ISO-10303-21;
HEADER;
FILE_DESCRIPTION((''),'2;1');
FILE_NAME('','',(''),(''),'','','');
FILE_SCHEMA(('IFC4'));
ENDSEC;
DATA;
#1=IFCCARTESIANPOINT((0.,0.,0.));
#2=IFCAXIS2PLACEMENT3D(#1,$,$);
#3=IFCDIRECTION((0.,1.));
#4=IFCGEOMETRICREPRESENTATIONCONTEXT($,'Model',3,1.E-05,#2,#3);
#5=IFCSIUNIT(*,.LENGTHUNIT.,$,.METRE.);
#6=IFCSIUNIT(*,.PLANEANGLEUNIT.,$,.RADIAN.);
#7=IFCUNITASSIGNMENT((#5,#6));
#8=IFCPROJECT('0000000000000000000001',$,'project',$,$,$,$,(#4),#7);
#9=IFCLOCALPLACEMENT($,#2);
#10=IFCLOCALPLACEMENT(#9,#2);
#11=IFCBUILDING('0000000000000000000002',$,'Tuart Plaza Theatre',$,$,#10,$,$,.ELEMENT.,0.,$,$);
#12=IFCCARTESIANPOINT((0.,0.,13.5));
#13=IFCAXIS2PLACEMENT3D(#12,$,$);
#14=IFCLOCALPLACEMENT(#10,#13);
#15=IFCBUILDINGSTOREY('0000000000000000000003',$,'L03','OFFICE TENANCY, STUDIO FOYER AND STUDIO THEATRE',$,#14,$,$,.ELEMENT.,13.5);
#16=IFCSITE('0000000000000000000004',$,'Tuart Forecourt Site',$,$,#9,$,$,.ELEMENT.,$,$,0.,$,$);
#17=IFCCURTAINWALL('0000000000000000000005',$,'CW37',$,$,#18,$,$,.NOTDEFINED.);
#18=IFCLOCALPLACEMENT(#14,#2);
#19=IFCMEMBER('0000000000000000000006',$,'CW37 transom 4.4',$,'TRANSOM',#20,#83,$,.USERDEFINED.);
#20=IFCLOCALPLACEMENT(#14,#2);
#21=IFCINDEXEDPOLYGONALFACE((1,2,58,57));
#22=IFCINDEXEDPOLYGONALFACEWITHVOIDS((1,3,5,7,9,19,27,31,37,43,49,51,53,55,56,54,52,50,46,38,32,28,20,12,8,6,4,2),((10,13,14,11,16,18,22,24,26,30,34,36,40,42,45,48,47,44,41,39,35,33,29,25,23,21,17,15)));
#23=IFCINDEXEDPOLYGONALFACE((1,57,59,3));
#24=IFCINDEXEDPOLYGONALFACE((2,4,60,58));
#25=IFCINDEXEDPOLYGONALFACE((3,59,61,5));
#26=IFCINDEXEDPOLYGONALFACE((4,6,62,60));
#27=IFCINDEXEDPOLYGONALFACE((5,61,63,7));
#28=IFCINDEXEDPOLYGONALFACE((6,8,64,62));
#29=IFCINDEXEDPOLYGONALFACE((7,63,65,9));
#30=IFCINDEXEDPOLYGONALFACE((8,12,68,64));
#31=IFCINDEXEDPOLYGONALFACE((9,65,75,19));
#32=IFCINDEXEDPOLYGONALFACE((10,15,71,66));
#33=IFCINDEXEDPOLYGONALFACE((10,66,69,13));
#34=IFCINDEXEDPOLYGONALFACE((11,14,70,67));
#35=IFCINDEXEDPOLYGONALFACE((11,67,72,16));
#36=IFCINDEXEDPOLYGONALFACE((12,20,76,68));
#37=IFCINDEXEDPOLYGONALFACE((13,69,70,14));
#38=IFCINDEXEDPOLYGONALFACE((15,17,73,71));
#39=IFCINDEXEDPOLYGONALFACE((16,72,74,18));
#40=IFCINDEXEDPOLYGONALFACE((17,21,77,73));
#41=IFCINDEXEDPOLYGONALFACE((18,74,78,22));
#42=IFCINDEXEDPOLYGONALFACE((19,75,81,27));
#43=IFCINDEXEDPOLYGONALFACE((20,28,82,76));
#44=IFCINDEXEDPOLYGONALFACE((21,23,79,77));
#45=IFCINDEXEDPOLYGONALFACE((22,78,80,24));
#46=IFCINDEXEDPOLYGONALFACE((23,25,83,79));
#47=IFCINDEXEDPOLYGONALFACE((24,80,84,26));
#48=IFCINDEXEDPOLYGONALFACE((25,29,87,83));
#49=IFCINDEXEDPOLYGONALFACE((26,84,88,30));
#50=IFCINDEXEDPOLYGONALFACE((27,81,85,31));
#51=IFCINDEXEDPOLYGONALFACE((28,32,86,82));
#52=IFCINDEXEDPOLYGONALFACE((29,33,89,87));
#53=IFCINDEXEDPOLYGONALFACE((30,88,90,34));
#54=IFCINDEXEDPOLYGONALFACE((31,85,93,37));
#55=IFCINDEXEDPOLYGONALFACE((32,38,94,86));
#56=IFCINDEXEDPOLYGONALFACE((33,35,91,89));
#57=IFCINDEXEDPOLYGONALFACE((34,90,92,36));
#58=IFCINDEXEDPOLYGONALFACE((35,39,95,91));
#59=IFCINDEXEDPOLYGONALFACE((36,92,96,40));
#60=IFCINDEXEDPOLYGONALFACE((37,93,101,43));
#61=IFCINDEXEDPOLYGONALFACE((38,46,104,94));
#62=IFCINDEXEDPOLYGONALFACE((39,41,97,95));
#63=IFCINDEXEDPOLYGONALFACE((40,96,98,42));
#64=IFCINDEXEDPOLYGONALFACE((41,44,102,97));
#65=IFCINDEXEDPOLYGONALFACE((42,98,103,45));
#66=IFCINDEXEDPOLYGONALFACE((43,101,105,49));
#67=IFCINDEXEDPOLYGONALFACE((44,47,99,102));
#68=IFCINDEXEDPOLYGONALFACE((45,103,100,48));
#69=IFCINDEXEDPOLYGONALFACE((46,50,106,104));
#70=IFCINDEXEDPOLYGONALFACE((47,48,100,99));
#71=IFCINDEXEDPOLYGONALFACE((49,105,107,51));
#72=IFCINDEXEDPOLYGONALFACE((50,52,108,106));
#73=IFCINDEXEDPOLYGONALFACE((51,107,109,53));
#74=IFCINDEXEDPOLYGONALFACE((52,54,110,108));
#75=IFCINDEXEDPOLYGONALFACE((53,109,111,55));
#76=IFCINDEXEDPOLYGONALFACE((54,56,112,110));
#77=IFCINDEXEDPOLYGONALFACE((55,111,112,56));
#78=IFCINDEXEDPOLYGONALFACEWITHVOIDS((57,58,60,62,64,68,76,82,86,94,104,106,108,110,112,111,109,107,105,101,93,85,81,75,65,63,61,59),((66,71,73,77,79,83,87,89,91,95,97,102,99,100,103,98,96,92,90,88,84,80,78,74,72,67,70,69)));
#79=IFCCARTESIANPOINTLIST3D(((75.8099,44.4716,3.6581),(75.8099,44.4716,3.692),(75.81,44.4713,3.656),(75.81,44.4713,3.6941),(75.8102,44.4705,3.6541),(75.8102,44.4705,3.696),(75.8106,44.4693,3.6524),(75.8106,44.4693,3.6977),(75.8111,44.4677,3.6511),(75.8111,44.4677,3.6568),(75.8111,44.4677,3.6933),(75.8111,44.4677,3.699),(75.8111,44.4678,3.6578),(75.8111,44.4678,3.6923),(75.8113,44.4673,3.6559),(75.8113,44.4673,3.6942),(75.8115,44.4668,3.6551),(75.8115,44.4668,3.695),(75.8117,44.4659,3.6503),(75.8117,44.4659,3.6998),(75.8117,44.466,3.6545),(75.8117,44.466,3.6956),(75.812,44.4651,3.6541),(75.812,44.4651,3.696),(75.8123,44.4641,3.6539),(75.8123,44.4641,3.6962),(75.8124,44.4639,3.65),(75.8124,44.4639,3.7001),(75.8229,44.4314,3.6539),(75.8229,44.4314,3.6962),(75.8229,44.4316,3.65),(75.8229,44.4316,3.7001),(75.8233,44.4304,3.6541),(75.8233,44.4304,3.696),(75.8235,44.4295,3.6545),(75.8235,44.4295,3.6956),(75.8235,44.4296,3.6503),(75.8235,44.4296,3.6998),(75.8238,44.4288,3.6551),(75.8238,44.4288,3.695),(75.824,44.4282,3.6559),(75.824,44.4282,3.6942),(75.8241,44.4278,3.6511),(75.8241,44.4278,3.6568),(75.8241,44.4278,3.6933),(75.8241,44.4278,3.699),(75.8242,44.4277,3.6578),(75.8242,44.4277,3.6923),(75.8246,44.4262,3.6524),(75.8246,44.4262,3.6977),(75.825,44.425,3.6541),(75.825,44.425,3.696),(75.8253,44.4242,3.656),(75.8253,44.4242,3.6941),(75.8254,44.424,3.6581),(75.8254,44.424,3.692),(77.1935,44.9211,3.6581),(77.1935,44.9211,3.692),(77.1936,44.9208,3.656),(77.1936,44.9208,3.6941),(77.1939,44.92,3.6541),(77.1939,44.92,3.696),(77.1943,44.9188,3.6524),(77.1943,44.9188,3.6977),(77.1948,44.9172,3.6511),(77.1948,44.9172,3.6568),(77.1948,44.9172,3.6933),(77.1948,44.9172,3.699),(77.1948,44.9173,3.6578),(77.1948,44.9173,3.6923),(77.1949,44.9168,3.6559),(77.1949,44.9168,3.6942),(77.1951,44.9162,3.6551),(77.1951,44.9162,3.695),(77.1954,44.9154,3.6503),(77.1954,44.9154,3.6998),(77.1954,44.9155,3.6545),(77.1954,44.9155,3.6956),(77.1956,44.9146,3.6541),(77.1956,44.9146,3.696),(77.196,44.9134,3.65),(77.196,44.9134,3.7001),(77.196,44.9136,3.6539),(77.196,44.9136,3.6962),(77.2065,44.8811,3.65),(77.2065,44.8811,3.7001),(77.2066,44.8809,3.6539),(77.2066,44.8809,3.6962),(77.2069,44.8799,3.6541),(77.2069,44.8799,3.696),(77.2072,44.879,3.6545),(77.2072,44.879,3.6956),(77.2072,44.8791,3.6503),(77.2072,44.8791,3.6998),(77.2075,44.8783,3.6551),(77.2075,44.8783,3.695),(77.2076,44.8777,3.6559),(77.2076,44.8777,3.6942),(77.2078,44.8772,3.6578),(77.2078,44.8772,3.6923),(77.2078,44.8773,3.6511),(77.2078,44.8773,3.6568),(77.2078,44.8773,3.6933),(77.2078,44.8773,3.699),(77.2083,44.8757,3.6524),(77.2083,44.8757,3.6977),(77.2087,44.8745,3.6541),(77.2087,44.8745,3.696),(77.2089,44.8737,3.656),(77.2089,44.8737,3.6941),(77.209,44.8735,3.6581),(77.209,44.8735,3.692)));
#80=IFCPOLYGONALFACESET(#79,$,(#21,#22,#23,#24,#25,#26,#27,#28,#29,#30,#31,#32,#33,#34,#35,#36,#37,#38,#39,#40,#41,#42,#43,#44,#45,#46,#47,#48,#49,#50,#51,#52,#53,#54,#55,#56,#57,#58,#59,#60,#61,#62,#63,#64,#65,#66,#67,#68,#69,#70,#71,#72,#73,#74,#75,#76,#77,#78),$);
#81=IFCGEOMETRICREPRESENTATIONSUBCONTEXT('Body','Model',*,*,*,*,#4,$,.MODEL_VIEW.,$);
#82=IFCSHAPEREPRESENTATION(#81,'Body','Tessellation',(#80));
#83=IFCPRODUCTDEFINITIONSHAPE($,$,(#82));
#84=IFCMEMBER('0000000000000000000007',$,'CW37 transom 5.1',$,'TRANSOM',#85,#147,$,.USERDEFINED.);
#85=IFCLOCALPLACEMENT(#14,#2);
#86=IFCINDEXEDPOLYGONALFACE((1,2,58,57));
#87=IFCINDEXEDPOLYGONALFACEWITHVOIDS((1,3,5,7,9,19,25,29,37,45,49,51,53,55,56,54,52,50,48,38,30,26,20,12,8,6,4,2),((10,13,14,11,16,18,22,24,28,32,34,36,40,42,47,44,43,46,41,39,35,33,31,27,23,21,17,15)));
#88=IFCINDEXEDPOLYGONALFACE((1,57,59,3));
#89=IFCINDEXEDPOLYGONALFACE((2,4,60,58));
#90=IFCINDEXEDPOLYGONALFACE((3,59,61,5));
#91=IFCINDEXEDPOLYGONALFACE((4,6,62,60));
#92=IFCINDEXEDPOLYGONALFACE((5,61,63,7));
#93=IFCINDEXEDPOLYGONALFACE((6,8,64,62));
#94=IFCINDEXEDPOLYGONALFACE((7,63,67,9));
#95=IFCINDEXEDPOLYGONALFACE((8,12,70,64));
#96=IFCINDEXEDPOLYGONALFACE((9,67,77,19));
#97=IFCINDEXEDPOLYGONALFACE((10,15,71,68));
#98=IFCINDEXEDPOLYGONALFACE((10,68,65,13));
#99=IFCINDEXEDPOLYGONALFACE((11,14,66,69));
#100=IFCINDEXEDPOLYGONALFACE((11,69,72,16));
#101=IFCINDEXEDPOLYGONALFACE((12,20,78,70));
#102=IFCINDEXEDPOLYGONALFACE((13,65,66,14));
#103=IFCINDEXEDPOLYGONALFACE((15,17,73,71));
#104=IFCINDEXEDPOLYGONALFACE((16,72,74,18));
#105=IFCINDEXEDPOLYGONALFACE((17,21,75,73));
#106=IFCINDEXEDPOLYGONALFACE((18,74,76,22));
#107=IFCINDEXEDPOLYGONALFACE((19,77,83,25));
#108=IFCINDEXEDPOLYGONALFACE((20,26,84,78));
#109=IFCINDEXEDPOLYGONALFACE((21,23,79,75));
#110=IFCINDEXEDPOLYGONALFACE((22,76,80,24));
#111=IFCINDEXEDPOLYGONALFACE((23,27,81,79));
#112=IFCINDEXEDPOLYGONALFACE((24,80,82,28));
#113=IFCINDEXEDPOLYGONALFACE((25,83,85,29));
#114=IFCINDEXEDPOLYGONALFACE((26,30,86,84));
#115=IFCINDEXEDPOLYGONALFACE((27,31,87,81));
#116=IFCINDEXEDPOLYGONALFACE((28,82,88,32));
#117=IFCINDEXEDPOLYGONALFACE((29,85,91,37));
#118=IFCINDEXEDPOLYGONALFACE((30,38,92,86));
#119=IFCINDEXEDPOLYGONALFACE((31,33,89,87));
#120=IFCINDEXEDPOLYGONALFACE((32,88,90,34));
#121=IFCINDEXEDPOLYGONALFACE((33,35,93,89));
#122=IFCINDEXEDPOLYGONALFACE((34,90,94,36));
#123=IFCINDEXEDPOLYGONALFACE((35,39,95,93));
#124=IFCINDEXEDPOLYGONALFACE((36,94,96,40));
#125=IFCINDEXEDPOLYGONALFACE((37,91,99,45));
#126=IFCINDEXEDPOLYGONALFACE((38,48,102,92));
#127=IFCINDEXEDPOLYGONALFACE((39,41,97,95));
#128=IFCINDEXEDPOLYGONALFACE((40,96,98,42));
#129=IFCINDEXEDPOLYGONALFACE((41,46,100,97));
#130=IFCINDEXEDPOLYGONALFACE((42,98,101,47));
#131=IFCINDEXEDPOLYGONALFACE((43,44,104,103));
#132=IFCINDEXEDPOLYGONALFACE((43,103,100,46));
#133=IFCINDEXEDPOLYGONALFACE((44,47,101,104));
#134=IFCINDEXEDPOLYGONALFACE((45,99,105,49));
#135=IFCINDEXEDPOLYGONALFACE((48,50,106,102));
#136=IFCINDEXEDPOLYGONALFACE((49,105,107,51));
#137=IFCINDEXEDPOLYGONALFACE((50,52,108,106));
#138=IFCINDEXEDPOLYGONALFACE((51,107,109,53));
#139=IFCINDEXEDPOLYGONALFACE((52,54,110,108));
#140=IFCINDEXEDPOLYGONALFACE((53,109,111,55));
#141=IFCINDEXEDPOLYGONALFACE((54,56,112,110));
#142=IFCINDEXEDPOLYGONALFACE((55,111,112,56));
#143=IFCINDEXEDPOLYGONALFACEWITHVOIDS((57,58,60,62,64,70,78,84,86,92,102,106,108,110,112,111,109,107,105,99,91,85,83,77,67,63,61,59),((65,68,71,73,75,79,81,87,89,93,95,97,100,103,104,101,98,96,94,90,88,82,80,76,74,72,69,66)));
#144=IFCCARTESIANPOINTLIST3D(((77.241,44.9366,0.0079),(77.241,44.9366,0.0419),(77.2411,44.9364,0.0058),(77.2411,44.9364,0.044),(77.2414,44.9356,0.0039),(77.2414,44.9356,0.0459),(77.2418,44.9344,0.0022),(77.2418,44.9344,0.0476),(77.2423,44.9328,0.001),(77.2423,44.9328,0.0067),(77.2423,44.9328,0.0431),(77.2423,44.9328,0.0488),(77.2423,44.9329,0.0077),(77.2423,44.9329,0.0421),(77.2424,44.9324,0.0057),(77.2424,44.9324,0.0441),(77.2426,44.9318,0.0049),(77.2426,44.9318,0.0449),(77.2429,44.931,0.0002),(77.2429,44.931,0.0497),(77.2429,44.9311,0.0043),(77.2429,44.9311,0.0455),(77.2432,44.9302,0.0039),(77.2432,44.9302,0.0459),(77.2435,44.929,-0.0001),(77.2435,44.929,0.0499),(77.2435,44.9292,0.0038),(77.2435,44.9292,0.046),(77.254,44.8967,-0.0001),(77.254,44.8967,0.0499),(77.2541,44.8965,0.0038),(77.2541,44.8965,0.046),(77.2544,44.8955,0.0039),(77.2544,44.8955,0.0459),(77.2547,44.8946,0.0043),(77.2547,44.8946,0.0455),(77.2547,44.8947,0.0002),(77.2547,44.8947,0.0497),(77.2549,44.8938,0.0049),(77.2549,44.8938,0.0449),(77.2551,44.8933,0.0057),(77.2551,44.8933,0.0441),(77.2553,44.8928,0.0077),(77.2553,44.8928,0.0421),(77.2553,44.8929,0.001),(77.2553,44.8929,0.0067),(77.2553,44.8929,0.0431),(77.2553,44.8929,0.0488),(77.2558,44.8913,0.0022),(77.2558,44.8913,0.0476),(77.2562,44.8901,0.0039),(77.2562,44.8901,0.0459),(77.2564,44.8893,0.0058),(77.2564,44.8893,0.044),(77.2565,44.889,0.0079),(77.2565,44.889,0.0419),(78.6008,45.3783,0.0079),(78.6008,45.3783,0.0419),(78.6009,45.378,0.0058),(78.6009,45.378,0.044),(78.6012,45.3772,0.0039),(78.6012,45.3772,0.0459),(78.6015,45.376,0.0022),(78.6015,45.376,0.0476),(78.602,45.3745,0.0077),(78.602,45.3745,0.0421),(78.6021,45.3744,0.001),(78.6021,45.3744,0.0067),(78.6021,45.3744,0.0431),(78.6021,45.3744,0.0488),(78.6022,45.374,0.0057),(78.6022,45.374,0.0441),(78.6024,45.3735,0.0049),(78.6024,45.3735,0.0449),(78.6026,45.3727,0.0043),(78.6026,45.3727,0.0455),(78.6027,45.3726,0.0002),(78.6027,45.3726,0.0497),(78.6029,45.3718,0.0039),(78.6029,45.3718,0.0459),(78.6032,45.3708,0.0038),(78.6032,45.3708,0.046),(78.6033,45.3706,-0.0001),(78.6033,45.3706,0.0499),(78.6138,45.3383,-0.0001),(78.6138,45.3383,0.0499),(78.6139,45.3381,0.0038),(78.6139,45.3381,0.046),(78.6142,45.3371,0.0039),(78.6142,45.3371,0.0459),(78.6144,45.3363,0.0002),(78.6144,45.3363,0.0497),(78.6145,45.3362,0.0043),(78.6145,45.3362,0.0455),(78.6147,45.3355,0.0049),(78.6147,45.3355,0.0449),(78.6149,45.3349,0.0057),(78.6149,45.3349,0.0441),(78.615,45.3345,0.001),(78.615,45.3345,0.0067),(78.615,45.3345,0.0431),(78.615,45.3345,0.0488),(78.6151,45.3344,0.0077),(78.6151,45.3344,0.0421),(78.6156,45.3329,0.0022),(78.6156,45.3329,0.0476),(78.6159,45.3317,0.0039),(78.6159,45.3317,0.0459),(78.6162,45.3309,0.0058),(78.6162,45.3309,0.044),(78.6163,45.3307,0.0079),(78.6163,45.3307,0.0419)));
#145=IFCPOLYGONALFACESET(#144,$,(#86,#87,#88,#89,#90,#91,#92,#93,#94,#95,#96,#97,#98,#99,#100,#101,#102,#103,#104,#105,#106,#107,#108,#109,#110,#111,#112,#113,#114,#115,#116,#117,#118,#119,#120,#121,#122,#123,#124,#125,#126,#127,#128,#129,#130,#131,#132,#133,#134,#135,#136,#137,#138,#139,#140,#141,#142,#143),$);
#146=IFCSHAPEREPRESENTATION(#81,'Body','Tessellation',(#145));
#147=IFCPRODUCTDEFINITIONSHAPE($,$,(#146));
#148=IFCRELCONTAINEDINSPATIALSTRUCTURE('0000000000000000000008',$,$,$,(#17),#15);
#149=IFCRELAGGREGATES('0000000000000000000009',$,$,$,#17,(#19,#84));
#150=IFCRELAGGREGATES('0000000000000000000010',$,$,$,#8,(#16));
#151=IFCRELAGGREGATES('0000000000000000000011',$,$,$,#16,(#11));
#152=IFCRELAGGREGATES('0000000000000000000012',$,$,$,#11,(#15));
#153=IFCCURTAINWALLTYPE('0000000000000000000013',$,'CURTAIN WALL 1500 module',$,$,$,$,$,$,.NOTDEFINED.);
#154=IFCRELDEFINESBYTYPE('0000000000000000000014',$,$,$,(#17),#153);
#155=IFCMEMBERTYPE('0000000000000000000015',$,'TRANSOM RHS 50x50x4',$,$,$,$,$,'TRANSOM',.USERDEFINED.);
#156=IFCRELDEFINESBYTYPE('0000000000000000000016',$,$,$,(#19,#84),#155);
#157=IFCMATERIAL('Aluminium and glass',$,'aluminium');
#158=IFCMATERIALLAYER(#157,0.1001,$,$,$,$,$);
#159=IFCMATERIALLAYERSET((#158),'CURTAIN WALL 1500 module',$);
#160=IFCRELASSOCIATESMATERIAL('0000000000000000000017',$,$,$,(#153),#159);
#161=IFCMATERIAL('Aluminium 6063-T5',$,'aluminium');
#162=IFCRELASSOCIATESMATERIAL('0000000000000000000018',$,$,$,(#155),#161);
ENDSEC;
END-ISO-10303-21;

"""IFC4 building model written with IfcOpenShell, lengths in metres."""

from ifc_helpers import new_model, si_unit, direction, frame, origin, origin_2d, place, context, subcontext, project, spatial, hollow_rectangle, extrude, material, layer, layer_set, material_profile, profile_set, type_object, element, aggregate, save


model = new_model("IFC4")

# Units and contexts
model_context = context("Model", 3, precision=1e-05, world=origin(), true_north=direction((0.0, 1.0)))
body_context = subcontext(model_context, "Body", "Model", "MODEL_VIEW")
ifc_project = project(units=[si_unit("LENGTHUNIT", "METRE"), si_unit("PLANEANGLEUNIT", "RADIAN")], contexts=[model_context])

# Site, building, storey
site_placement = place(None, origin())
site = spatial("IfcSite", under=ifc_project, at=site_placement, Name="Tuart Forecourt Site", CompositionType="ELEMENT", RefElevation=0.0)
building_placement = place(site_placement, origin())
building = spatial("IfcBuilding", under=site, at=building_placement, Name="Tuart Plaza Theatre", CompositionType="ELEMENT", ElevationOfRefHeight=0.0)
storey_placement = place(building_placement, frame((0.0, 0.0, 13.5)))
storey = spatial("IfcBuildingStorey", under=building, at=storey_placement, Name="L03", Description="OFFICE TENANCY, STUDIO FOYER AND STUDIO THEATRE", CompositionType="ELEMENT", Elevation=13.5)

# Curtain wall, members
ifc_material_1 = material(Name="Aluminium and glass", Category="aluminium")
ifc_layer_1 = layer(ifc_material_1, 0.1001)
ifc_layer_set_1 = layer_set([ifc_layer_1], Name="CURTAIN WALL 1500 module")
curtain_wall_type = type_object("IfcCurtainWallType", Name="CURTAIN WALL 1500 module", PredefinedType="NOTDEFINED", material=ifc_layer_set_1)
curtain_wall_placement = place(storey_placement, origin())
curtain_wall = element("IfcCurtainWall", 1, at=curtain_wall_placement, inside=storey, type_object=curtain_wall_type, Name="CW37", PredefinedType="NOTDEFINED")
ifc_material_2 = material(Name="Aluminium 6063-T5", Category="aluminium")
ifc_material_profile_1 = material_profile(ifc_material_2, hollow_rectangle(XDim=0.05, YDim=0.05, WallThickness=0.0039, InnerFilletRadius=0.0039, OuterFilletRadius=0.0081, at=origin_2d()), Name="RHS 50x50x4")
ifc_profile_set_1 = profile_set([ifc_material_profile_1], Name="Aluminium 6063-T5")
member_type_1 = type_object("IfcMemberType", Name="TRANSOM RHS 50x50x4", ElementType="TRANSOM", PredefinedType="USERDEFINED", material=ifc_profile_set_1)
member_1_placement = place(storey_placement, frame((75.8176, 44.4478, 3.675), z_axis=(0.951072, 0.308968, 0.0), x_axis=(-0.308968, 0.951072, 0.0)))
member_1 = element("IfcMember", 2, at=member_1_placement, type_object=member_type_1, Name="CW37 transom 4.4", ObjectType="TRANSOM", PredefinedType="USERDEFINED", context=body_context, shape_type="SweptSolid", body=[
    extrude(hollow_rectangle(XDim=0.05, YDim=0.05, WallThickness=0.0039, InnerFilletRadius=0.0039, OuterFilletRadius=0.0081, at=origin_2d()), origin(), (0.0, 0.0, 1.0), 1.4548),
])
member_2_placement = place(storey_placement, frame((77.2488, 44.9128, 0.0249), z_axis=(0.951097, 0.308893, 0.0), x_axis=(-0.308893, 0.951097, 0.0)))
member_2 = element("IfcMember", 3, at=member_2_placement, type_object=member_type_1, Name="CW37 transom 5.1", ObjectType="TRANSOM", PredefinedType="USERDEFINED", context=body_context, shape_type="SweptSolid", body=[
    extrude(hollow_rectangle(XDim=0.05, YDim=0.05, WallThickness=0.0039, InnerFilletRadius=0.0039, OuterFilletRadius=0.0081, at=origin_2d()), origin(), (0.0, 0.0, 1.0), 1.4297),
])
aggregate(curtain_wall, [member_1, member_2])

save(model, "model.ifc")
